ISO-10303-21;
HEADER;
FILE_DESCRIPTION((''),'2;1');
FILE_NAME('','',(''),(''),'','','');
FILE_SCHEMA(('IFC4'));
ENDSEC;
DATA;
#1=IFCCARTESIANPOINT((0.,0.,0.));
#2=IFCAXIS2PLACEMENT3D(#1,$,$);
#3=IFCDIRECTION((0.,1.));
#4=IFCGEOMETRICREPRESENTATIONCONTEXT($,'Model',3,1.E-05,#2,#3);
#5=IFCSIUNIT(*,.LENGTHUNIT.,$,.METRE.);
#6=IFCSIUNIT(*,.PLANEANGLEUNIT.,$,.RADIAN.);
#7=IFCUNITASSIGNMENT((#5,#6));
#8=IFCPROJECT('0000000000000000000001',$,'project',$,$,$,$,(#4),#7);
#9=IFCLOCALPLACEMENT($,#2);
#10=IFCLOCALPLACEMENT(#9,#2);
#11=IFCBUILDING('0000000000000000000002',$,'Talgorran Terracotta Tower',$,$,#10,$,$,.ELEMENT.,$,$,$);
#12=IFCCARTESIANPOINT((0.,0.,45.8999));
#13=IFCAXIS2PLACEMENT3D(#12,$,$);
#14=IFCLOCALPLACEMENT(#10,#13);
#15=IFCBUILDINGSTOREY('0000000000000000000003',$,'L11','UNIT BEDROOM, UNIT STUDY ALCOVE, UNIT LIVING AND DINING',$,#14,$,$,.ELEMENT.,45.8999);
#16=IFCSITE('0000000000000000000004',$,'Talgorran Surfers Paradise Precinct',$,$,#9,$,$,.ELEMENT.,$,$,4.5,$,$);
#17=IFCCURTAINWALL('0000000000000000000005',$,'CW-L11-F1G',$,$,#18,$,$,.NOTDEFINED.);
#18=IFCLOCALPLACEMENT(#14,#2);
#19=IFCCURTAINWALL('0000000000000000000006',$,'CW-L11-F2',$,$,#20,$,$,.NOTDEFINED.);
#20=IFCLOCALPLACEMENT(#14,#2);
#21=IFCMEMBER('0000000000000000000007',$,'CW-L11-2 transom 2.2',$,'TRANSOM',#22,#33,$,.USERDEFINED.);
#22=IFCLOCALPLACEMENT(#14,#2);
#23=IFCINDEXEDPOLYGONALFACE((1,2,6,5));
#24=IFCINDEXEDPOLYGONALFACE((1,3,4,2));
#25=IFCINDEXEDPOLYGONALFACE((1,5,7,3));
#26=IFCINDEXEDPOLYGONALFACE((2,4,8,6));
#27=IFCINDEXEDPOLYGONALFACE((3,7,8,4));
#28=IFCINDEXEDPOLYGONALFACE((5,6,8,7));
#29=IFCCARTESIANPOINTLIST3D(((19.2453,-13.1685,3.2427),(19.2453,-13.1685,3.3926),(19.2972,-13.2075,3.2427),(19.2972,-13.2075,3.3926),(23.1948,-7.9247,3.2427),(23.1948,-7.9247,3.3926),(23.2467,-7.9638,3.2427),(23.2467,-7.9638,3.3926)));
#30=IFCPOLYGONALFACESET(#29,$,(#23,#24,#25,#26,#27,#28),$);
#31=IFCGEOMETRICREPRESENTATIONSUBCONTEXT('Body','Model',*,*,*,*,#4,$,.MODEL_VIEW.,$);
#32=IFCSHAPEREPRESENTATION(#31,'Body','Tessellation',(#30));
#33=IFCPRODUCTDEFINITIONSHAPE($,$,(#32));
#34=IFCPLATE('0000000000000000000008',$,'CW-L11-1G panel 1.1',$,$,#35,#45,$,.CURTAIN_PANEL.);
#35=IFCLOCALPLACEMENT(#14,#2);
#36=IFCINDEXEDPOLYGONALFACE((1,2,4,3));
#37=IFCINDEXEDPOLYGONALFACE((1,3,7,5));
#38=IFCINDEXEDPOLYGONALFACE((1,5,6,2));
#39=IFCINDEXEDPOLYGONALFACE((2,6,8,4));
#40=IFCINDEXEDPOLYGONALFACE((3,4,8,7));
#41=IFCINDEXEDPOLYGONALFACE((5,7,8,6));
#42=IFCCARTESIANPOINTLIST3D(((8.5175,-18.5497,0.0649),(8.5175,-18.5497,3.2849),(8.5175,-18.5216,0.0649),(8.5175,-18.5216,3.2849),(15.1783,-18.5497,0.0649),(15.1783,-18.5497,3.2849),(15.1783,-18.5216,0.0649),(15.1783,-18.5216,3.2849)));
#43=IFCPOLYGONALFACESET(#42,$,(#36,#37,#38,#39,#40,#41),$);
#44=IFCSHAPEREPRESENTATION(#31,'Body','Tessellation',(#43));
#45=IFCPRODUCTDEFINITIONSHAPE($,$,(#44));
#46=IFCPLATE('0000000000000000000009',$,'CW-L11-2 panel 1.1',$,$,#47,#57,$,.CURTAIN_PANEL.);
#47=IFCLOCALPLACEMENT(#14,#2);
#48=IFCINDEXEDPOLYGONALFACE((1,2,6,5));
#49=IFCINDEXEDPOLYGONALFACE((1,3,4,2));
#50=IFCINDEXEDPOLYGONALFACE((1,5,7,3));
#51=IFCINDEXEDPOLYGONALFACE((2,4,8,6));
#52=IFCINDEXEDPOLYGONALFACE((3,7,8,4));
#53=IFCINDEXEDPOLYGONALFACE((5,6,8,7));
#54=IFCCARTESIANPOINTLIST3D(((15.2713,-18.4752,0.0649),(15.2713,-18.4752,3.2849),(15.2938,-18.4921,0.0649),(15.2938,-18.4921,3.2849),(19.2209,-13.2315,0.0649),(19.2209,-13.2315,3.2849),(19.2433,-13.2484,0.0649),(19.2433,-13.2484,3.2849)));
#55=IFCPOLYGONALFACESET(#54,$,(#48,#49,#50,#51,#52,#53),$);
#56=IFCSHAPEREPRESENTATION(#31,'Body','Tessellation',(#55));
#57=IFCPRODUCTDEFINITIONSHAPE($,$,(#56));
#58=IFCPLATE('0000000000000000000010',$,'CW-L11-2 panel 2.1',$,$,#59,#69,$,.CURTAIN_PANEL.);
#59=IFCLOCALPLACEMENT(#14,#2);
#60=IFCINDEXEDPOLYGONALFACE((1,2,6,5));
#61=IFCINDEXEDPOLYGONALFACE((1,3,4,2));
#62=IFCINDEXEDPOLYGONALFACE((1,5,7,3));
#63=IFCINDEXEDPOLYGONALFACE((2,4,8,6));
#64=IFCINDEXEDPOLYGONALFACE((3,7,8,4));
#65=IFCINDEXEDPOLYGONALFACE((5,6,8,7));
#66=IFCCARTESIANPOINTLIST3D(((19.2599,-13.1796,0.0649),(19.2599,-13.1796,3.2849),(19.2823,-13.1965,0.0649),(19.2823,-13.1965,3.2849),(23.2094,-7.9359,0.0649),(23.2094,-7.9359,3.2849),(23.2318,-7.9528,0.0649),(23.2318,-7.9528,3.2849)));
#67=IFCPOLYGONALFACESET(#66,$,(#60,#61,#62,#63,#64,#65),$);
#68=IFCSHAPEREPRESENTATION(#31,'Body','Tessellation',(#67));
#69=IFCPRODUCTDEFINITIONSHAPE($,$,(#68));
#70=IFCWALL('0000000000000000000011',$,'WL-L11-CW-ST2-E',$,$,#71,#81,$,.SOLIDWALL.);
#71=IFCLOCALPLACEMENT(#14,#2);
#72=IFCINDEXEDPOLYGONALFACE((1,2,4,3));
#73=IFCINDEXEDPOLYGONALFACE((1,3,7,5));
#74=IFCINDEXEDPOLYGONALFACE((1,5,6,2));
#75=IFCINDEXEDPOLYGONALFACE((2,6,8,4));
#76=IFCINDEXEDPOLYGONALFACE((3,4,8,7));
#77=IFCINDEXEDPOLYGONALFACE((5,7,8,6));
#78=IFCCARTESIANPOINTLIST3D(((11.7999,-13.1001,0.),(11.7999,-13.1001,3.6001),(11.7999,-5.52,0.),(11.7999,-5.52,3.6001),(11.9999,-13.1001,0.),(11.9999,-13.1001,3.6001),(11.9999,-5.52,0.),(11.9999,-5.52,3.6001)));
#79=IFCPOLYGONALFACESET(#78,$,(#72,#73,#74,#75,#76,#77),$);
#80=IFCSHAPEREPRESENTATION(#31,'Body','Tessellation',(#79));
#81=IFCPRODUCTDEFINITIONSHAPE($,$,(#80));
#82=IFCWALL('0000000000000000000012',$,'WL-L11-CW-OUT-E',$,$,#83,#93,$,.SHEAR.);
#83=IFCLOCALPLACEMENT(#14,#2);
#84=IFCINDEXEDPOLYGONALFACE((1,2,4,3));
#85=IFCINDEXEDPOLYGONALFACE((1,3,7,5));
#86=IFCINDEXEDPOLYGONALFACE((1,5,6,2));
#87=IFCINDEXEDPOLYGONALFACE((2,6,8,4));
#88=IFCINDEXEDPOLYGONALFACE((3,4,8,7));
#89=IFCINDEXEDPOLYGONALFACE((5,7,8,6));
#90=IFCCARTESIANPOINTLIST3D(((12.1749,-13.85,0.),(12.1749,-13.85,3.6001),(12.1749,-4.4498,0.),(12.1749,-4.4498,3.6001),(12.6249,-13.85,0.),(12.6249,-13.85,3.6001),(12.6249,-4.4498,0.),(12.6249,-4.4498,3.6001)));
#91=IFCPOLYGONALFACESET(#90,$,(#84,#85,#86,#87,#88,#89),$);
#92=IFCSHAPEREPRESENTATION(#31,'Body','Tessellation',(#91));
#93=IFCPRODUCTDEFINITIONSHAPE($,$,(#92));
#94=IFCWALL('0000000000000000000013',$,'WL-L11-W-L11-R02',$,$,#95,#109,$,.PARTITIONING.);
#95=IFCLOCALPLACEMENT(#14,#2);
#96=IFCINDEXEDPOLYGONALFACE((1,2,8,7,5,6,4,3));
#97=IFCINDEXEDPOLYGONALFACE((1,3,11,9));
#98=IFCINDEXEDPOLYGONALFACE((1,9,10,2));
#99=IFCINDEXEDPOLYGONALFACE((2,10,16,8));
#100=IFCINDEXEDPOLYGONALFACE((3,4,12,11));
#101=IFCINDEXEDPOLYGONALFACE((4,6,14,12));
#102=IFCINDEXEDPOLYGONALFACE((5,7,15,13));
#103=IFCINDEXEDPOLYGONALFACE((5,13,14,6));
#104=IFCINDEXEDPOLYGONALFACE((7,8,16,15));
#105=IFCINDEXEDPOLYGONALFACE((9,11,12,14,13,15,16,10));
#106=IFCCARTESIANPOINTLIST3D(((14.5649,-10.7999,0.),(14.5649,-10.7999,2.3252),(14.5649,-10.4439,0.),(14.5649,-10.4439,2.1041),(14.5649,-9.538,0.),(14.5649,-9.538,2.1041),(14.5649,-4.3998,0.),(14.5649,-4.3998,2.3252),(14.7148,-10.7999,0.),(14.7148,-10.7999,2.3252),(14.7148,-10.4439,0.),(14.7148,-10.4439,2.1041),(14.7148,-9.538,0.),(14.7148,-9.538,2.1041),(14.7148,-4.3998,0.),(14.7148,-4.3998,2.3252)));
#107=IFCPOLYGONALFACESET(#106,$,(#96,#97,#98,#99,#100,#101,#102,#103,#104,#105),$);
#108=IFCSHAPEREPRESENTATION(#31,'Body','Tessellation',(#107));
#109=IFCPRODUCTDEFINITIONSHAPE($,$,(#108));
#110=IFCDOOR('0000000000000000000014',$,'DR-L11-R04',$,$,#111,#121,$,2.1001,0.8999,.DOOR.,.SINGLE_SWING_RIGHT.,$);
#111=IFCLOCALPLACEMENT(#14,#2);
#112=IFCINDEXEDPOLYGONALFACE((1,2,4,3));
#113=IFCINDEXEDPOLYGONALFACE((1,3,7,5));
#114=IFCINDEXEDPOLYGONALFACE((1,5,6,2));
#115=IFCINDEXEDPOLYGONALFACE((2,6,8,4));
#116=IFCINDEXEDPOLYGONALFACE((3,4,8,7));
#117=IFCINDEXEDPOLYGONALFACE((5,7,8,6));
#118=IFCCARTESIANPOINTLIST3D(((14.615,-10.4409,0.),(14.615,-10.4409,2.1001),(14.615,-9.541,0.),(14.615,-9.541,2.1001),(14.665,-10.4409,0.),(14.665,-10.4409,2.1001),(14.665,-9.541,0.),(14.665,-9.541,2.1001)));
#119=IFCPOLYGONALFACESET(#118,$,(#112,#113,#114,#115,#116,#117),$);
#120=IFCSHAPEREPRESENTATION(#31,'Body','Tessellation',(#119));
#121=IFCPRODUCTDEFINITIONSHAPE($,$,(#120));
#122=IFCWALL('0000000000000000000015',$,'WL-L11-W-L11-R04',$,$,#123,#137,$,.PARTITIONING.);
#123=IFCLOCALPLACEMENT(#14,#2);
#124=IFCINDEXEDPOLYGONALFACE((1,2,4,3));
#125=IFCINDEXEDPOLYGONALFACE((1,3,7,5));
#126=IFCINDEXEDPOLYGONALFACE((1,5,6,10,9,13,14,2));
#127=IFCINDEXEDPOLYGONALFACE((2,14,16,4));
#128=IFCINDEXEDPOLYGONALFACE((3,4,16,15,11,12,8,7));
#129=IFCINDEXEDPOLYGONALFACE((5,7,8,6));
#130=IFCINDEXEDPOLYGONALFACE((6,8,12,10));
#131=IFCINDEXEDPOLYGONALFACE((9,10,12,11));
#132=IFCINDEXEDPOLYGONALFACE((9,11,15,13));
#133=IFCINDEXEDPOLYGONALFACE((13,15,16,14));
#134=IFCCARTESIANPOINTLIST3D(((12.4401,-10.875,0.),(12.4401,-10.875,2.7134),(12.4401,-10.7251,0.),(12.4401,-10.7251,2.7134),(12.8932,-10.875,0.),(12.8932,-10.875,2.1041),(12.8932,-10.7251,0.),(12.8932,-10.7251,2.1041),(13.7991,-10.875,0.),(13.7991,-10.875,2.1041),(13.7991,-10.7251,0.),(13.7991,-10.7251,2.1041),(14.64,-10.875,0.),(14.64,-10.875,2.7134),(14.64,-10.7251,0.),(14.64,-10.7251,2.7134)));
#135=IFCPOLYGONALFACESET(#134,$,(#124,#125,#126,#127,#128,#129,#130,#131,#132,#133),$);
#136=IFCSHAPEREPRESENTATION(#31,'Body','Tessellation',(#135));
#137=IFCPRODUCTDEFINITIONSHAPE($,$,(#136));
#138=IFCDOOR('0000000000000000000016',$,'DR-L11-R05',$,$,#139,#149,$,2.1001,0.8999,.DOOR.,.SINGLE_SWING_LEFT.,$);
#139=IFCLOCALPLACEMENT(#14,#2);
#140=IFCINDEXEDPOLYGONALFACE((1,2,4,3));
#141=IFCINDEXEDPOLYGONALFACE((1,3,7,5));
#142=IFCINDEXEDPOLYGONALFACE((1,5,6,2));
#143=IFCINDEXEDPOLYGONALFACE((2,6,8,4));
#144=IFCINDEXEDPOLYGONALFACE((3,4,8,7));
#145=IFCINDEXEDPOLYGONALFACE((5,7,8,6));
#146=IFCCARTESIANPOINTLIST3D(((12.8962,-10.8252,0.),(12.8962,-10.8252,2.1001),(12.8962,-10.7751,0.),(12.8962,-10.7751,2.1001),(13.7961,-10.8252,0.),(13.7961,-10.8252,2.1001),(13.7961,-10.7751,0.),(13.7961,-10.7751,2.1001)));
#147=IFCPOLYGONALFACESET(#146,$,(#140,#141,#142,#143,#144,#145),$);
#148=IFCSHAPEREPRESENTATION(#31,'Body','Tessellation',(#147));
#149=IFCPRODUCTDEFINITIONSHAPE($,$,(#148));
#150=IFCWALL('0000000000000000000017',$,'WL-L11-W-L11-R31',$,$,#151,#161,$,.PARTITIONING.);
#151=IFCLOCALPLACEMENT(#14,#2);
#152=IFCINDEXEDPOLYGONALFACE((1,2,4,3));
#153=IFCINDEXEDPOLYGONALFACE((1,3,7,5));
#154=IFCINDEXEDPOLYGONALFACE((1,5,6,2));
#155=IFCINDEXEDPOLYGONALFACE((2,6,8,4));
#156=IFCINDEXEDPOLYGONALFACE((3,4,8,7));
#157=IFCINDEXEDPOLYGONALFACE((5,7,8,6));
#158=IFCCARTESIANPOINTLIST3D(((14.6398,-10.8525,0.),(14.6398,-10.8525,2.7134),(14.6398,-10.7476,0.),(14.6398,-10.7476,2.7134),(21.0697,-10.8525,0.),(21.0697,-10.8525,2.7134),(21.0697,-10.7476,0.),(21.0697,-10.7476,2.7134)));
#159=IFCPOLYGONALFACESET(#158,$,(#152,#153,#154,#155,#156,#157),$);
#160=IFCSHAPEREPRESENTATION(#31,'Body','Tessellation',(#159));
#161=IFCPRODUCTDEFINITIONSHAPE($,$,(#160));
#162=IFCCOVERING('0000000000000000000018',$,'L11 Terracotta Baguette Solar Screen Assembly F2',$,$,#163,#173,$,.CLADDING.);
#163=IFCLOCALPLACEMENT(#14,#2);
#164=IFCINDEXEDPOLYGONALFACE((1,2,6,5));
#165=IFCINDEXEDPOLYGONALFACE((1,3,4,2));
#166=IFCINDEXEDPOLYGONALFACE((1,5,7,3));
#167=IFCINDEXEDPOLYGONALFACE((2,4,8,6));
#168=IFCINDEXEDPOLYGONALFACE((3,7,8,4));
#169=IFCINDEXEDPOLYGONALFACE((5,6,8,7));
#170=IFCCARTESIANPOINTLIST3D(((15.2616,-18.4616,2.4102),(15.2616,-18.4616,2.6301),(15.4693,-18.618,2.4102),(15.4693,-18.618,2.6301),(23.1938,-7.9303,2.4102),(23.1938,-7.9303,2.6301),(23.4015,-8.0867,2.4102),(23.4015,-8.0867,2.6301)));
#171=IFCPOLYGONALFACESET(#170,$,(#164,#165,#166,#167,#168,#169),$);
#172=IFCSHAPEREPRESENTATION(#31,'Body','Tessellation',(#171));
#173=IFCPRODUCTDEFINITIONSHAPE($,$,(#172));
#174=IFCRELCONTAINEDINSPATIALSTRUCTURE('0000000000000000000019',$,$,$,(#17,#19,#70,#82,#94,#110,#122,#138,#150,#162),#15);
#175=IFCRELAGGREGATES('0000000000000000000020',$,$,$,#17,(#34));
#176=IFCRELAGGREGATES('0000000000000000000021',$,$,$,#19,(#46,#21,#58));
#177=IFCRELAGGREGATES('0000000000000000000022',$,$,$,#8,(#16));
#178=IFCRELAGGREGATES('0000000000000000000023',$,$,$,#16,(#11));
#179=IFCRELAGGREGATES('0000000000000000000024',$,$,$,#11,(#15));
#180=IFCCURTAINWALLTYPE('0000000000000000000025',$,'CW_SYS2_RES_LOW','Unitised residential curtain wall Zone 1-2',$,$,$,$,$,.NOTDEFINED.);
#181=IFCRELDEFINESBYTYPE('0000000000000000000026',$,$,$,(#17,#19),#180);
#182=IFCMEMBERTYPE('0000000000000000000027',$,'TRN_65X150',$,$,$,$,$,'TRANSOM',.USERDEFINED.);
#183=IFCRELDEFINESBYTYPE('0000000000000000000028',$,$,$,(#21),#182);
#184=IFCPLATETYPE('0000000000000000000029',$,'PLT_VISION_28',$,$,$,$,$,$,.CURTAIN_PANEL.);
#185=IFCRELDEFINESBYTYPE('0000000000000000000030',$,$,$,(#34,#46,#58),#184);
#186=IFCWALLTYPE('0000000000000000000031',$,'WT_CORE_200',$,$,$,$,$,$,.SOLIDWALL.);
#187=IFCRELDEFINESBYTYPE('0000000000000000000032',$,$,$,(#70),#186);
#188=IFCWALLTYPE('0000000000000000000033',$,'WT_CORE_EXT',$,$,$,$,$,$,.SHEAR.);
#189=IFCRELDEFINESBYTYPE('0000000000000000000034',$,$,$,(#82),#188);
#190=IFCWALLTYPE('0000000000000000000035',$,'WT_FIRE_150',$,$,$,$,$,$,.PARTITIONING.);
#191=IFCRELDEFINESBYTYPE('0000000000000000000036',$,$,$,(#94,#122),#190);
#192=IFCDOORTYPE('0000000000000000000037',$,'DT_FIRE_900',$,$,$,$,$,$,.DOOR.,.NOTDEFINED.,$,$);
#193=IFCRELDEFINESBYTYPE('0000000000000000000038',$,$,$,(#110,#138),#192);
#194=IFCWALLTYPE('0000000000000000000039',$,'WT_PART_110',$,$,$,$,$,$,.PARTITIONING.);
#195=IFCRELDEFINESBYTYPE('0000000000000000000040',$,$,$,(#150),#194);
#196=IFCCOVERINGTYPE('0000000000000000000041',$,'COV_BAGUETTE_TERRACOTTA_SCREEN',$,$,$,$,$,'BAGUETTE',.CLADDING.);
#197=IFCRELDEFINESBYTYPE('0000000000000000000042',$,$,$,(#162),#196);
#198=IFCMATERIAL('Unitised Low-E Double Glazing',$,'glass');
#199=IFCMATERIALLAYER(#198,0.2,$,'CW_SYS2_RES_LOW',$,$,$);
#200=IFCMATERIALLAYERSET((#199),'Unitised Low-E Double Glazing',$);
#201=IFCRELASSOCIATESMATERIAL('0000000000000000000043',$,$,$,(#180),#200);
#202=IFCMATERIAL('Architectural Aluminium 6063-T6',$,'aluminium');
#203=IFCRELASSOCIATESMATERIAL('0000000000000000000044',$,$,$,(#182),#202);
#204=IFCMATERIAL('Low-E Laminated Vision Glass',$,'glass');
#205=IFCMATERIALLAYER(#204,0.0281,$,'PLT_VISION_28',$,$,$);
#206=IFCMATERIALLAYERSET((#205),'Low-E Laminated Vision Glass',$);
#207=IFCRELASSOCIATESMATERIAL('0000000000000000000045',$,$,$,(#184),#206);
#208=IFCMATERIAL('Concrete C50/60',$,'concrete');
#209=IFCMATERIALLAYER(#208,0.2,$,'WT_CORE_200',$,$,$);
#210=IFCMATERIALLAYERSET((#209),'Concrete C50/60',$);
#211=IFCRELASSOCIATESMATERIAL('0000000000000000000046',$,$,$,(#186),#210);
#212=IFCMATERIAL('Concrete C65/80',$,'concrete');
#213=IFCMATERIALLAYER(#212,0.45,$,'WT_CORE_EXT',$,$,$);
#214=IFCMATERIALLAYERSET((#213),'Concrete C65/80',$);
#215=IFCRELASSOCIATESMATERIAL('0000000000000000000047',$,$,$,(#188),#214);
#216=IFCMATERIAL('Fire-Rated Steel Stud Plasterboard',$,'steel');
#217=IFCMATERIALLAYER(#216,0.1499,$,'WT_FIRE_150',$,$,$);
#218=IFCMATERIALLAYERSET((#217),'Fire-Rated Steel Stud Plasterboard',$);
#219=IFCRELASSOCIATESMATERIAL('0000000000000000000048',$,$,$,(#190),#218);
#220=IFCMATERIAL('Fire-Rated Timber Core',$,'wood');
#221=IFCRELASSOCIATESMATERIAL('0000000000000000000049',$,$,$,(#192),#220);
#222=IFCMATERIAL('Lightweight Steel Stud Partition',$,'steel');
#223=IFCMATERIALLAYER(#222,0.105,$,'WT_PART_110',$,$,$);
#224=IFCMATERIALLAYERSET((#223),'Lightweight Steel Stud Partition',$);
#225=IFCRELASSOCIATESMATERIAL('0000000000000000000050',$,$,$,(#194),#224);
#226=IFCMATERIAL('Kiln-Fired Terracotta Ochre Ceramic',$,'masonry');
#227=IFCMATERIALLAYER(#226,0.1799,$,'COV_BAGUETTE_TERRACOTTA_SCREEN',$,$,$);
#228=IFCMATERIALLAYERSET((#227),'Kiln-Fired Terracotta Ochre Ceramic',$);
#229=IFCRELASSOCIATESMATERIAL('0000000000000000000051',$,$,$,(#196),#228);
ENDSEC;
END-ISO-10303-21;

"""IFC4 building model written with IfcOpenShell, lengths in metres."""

from ifc_helpers import new_model, si_unit, direction, frame, frame_2d, origin, origin_2d, place, context, subcontext, project, spatial, rectangle, extrude, source, transform, mapped, material, layer, layer_set, material_profile, profile_set, type_object, type_shapes, element, fill, aggregate, save


model = new_model("IFC4")

# Units and contexts
model_context = context("Model", 3, precision=1e-05, world=origin(), true_north=direction((0.0, 1.0)))
body_context = subcontext(model_context, "Body", "Model", "MODEL_VIEW")
ifc_project = project(units=[si_unit("LENGTHUNIT", "METRE"), si_unit("PLANEANGLEUNIT", "RADIAN")], contexts=[model_context])

# Site, building, storey
site_placement = place(None, origin())
site = spatial("IfcSite", under=ifc_project, at=site_placement, Name="Talgorran Surfers Paradise Precinct", CompositionType="ELEMENT", RefElevation=4.5)
building_placement = place(site_placement, origin())
building = spatial("IfcBuilding", under=site, at=building_placement, Name="Talgorran Terracotta Tower", CompositionType="ELEMENT")
storey_placement = place(building_placement, frame((0.0, 0.0, 45.8999)))
storey = spatial("IfcBuildingStorey", under=building, at=storey_placement, Name="L11", Description="UNIT BEDROOM, UNIT STUDY ALCOVE, UNIT LIVING AND DINING", CompositionType="ELEMENT", Elevation=45.8999)

# Curtain wall
ifc_material_1 = material(Name="Unitised Low-E Double Glazing", Category="glass")
ifc_layer_1 = layer(ifc_material_1, 0.2, Name="CW_SYS2_RES_LOW")
ifc_layer_set_1 = layer_set([ifc_layer_1], Name="Unitised Low-E Double Glazing")
curtain_wall_type = type_object("IfcCurtainWallType", Name="CW_SYS2_RES_LOW", Description="Unitised residential curtain wall Zone 1-2", PredefinedType="NOTDEFINED", material=ifc_layer_set_1)
curtain_wall_1_placement = place(storey_placement, origin())
curtain_wall_1 = element("IfcCurtainWall", 1, at=curtain_wall_1_placement, inside=storey, type_object=curtain_wall_type, Name="CW-L11-F1G", PredefinedType="NOTDEFINED")
ifc_material_2 = material(Name="Architectural Aluminium 6063-T6", Category="aluminium")

# Curtain wall, member
curtain_wall_2_placement = place(storey_placement, origin())
curtain_wall_2 = element("IfcCurtainWall", 2, at=curtain_wall_2_placement, inside=storey, type_object=curtain_wall_type, Name="CW-L11-F2", PredefinedType="NOTDEFINED")
ifc_material_profile_1 = material_profile(ifc_material_2, rectangle(XDim=0.0649, YDim=0.1499, at=origin_2d()), Name="CWT65X150")
ifc_profile_set_1 = profile_set([ifc_material_profile_1], Name="Architectural Aluminium 6063-T6")
member_type_1 = type_object("IfcMemberType", Name="TRN_65X150", ElementType="TRANSOM", PredefinedType="USERDEFINED", material=ifc_profile_set_1)
member_1_placement = place(storey_placement, frame((19.2712, -13.188, 3.3176), z_axis=(0.601629, 0.798776, 0.0), x_axis=(-0.798776, 0.601629, 0.0)))
member_1 = element("IfcMember", 3, at=member_1_placement, type_object=member_type_1, Name="CW-L11-2 transom 2.2", ObjectType="TRANSOM", PredefinedType="USERDEFINED", context=body_context, shape_type="SweptSolid", body=[
    extrude(rectangle(XDim=0.0649, YDim=0.1499, at=origin_2d()), origin(), (0.0, 0.0, 1.0), 6.5647),
])

# Plates
ifc_material_3 = material(Name="Low-E Laminated Vision Glass", Category="glass")
ifc_layer_2 = layer(ifc_material_3, 0.0281, Name="PLT_VISION_28")
ifc_layer_set_2 = layer_set([ifc_layer_2], Name="Low-E Laminated Vision Glass")
plate_type = type_object("IfcPlateType", Name="PLT_VISION_28", PredefinedType="CURTAIN_PANEL", material=ifc_layer_set_2)
shared_shape_1 = source(origin(), body_context, "Body", "SweptSolid", [
    extrude(rectangle(XDim=6.6609, YDim=0.0281, at=origin_2d()), origin(), (0.0, 0.0, 1.0), 3.22),
])
plate_1_placement = place(storey_placement, frame((11.8479, -18.5356, 0.0649), z_axis=(0.0, 0.0, 1.0), x_axis=(1.0, 0.0, 0.0)))
plate_1 = element("IfcPlate", 4, at=plate_1_placement, type_object=plate_type, Name="CW-L11-1G panel 1.1", PredefinedType="CURTAIN_PANEL", context=body_context, shape_type="MappedRepresentation", body=[
    mapped(shared_shape_1, transform((0.0, 0.0, 0.0), scale=1.0)),
])
aggregate(curtain_wall_1, [plate_1])
shared_shape_2 = source(origin(), body_context, "Body", "SweptSolid", [
    extrude(rectangle(XDim=6.5647, YDim=0.0281, at=origin_2d()), origin(), (0.0, 0.0, 1.0), 3.22),
])
type_shapes(plate_type, [shared_shape_1, shared_shape_2])
plate_2_placement = place(storey_placement, frame((17.2573, -15.8618, 0.0649), z_axis=(0.0, 0.0, 1.0), x_axis=(0.601632, 0.798774, 0.0)))
plate_2 = element("IfcPlate", 5, at=plate_2_placement, type_object=plate_type, Name="CW-L11-2 panel 1.1", PredefinedType="CURTAIN_PANEL", context=body_context, shape_type="MappedRepresentation", body=[
    mapped(shared_shape_2, transform((0.0, 0.0, 0.0), scale=1.0)),
])
plate_3_placement = place(storey_placement, frame((21.2458, -10.5662, 0.0649), z_axis=(0.0, 0.0, 1.0), x_axis=(0.601632, 0.798774, 0.0)))
plate_3 = element("IfcPlate", 6, at=plate_3_placement, type_object=plate_type, Name="CW-L11-2 panel 2.1", PredefinedType="CURTAIN_PANEL", context=body_context, shape_type="MappedRepresentation", body=[
    mapped(shared_shape_2, transform((0.0, 0.0, 0.0), scale=1.0)),
])
aggregate(curtain_wall_2, [plate_2, member_1, plate_3])

# Walls
ifc_material_4 = material(Name="Concrete C50/60", Category="concrete")
ifc_layer_3 = layer(ifc_material_4, 0.2, Name="WT_CORE_200")
ifc_layer_set_3 = layer_set([ifc_layer_3], Name="Concrete C50/60")
wall_type_1 = type_object("IfcWallType", Name="WT_CORE_200", PredefinedType="SOLIDWALL", material=ifc_layer_set_3)
wall_1_placement = place(storey_placement, frame((11.8999, -13.1001, 0.0), z_axis=(0.0, 0.0, 1.0), x_axis=(0.0, 1.0, 0.0)))
element("IfcWall", 7, at=wall_1_placement, inside=storey, type_object=wall_type_1, Name="WL-L11-CW-ST2-E", PredefinedType="SOLIDWALL", context=body_context, shape_type="SweptSolid", body=[
    extrude(rectangle(XDim=7.5801, YDim=0.2, at=frame_2d((3.79, 0.0))), origin(), (0.0, 0.0, 1.0), 3.6001),
])
ifc_material_5 = material(Name="Concrete C65/80", Category="concrete")
ifc_layer_4 = layer(ifc_material_5, 0.45, Name="WT_CORE_EXT")
ifc_layer_set_4 = layer_set([ifc_layer_4], Name="Concrete C65/80")
wall_type_2 = type_object("IfcWallType", Name="WT_CORE_EXT", PredefinedType="SHEAR", material=ifc_layer_set_4)
wall_2_placement = place(storey_placement, frame((12.3999, -13.8501, 0.0), z_axis=(0.0, 0.0, 1.0), x_axis=(0.0, 1.0, 0.0)))
element("IfcWall", 8, at=wall_2_placement, inside=storey, type_object=wall_type_2, Name="WL-L11-CW-OUT-E", PredefinedType="SHEAR", context=body_context, shape_type="SweptSolid", body=[
    extrude(rectangle(XDim=9.4001, YDim=0.45, at=frame_2d((4.7002, 0.0))), origin(), (0.0, 0.0, 1.0), 3.6001),
])

# Walls, openings, doors
ifc_material_6 = material(Name="Fire-Rated Steel Stud Plasterboard", Category="steel")
ifc_layer_5 = layer(ifc_material_6, 0.1499, Name="WT_FIRE_150")
ifc_layer_set_5 = layer_set([ifc_layer_5], Name="Fire-Rated Steel Stud Plasterboard")
wall_type_3 = type_object("IfcWallType", Name="WT_FIRE_150", PredefinedType="PARTITIONING", material=ifc_layer_set_5)
wall_3_placement = place(storey_placement, frame((14.6399, -10.8, 0.0), z_axis=(0.0, 0.0, 1.0), x_axis=(0.0, 1.0, 0.0)))
wall_3 = element("IfcWall", 9, at=wall_3_placement, inside=storey, type_object=wall_type_3, Name="WL-L11-W-L11-R02", PredefinedType="PARTITIONING", context=body_context, shape_type="SweptSolid", body=[
    extrude(rectangle(XDim=6.4001, YDim=0.1499, at=frame_2d((3.2002, 0.0))), origin(), (0.0, 0.0, 1.0), 2.3252),
])
opening_1_placement = place(wall_3_placement, frame((0.3591, 0.0, 0.0)))
opening_1 = element("IfcOpeningElement", 10, at=opening_1_placement, cuts=wall_3, PredefinedType="OPENING", context=body_context, shape_type="SweptSolid", body=[
    extrude(rectangle(XDim=0.9059, YDim=2.1041, at=frame_2d((0.45, 1.052))), frame((0.0, 0.085, 0.0), z_axis=(0.0, -1.0, 0.0), x_axis=(1.0, 0.0, 0.0)), (0.0, 0.0, 1.0), 0.1699),
])
ifc_material_7 = material(Name="Fire-Rated Timber Core", Category="wood")
door_type = type_object("IfcDoorType", Name="DT_FIRE_900", OperationType="NOTDEFINED", PredefinedType="DOOR", material=ifc_material_7)
door_1_placement = place(opening_1_placement, origin())
door_1 = element("IfcDoor", 11, at=door_1_placement, inside=storey, type_object=door_type, Name="DR-L11-R04", OperationType="SINGLE_SWING_RIGHT", OverallHeight=2.1001, OverallWidth=0.8999, PredefinedType="DOOR", context=body_context, shape_type="SweptSolid", body=[
    extrude(rectangle(XDim=0.8999, YDim=2.1001, at=frame_2d((0.45, 1.05))), frame((0.0, 0.0249, 0.0), z_axis=(0.0, -1.0, 0.0), x_axis=(1.0, 0.0, 0.0)), (0.0, 0.0, 1.0), 0.05),
])
fill(opening_1, door_1)
wall_4_placement = place(storey_placement, frame((12.4399, -10.8, 0.0), z_axis=(0.0, 0.0, 1.0), x_axis=(1.0, 0.0, 0.0)))
wall_4 = element("IfcWall", 12, at=wall_4_placement, inside=storey, type_object=wall_type_3, Name="WL-L11-W-L11-R04", PredefinedType="PARTITIONING", context=body_context, shape_type="SweptSolid", body=[
    extrude(rectangle(XDim=2.2, YDim=0.1499, at=frame_2d((1.1001, 0.0))), origin(), (0.0, 0.0, 1.0), 2.7134),
])
opening_2_placement = place(wall_4_placement, frame((0.4563, 0.0, 0.0)))
opening_2 = element("IfcOpeningElement", 13, at=opening_2_placement, cuts=wall_4, PredefinedType="OPENING", context=body_context, shape_type="SweptSolid", body=[
    extrude(rectangle(XDim=0.9059, YDim=2.1041, at=frame_2d((0.45, 1.052))), frame((0.0, 0.085, 0.0), z_axis=(0.0, -1.0, 0.0), x_axis=(1.0, 0.0, 0.0)), (0.0, 0.0, 1.0), 0.1699),
])
door_2_placement = place(opening_2_placement, origin())
door_2 = element("IfcDoor", 14, at=door_2_placement, inside=storey, type_object=door_type, Name="DR-L11-R05", OperationType="SINGLE_SWING_LEFT", OverallHeight=2.1001, OverallWidth=0.8999, PredefinedType="DOOR", context=body_context, shape_type="SweptSolid", body=[
    extrude(rectangle(XDim=0.8999, YDim=2.1001, at=frame_2d((0.45, 1.05))), frame((0.0, 0.0249, 0.0), z_axis=(0.0, -1.0, 0.0), x_axis=(1.0, 0.0, 0.0)), (0.0, 0.0, 1.0), 0.05),
])
fill(opening_2, door_2)

# Wall
ifc_material_8 = material(Name="Lightweight Steel Stud Partition", Category="steel")
ifc_layer_6 = layer(ifc_material_8, 0.105, Name="WT_PART_110")
ifc_layer_set_6 = layer_set([ifc_layer_6], Name="Lightweight Steel Stud Partition")
wall_type_4 = type_object("IfcWallType", Name="WT_PART_110", PredefinedType="PARTITIONING", material=ifc_layer_set_6)
wall_5_placement = place(storey_placement, frame((14.6399, -10.8, 0.0), z_axis=(0.0, 0.0, 1.0), x_axis=(1.0, 0.0, 0.0)))
element("IfcWall", 15, at=wall_5_placement, inside=storey, type_object=wall_type_4, Name="WL-L11-W-L11-R31", PredefinedType="PARTITIONING", context=body_context, shape_type="SweptSolid", body=[
    extrude(rectangle(XDim=6.4299, YDim=0.105, at=frame_2d((3.2148, 0.0))), origin(), (0.0, 0.0, 1.0), 2.7134),
])

# Covering
ifc_material_9 = material(Name="Kiln-Fired Terracotta Ochre Ceramic", Category="masonry")
ifc_layer_7 = layer(ifc_material_9, 0.1799, Name="COV_BAGUETTE_TERRACOTTA_SCREEN")
ifc_layer_set_7 = layer_set([ifc_layer_7], Name="Kiln-Fired Terracotta Ochre Ceramic")
covering_type_1 = type_object("IfcCoveringType", Name="COV_BAGUETTE_TERRACOTTA_SCREEN", ElementType="BAGUETTE", PredefinedType="CLADDING", material=ifc_layer_set_7)
covering_1_placement = place(storey_placement, frame((19.3315, -13.2742, 2.4102), z_axis=(0.0, 0.0, 1.0), x_axis=(0.601634, 0.798772, 0.0)))
element("IfcCovering", 16, at=covering_1_placement, inside=storey, type_object=covering_type_1, Name="L11 Terracotta Baguette Solar Screen Assembly F2", PredefinedType="CLADDING", context=body_context, shape_type="SweptSolid", body=[
    extrude(rectangle(XDim=13.1843, YDim=0.26, at=origin_2d()), origin(), (0.0, 0.0, 1.0), 0.22),
])

save(model, "model.ifc")
